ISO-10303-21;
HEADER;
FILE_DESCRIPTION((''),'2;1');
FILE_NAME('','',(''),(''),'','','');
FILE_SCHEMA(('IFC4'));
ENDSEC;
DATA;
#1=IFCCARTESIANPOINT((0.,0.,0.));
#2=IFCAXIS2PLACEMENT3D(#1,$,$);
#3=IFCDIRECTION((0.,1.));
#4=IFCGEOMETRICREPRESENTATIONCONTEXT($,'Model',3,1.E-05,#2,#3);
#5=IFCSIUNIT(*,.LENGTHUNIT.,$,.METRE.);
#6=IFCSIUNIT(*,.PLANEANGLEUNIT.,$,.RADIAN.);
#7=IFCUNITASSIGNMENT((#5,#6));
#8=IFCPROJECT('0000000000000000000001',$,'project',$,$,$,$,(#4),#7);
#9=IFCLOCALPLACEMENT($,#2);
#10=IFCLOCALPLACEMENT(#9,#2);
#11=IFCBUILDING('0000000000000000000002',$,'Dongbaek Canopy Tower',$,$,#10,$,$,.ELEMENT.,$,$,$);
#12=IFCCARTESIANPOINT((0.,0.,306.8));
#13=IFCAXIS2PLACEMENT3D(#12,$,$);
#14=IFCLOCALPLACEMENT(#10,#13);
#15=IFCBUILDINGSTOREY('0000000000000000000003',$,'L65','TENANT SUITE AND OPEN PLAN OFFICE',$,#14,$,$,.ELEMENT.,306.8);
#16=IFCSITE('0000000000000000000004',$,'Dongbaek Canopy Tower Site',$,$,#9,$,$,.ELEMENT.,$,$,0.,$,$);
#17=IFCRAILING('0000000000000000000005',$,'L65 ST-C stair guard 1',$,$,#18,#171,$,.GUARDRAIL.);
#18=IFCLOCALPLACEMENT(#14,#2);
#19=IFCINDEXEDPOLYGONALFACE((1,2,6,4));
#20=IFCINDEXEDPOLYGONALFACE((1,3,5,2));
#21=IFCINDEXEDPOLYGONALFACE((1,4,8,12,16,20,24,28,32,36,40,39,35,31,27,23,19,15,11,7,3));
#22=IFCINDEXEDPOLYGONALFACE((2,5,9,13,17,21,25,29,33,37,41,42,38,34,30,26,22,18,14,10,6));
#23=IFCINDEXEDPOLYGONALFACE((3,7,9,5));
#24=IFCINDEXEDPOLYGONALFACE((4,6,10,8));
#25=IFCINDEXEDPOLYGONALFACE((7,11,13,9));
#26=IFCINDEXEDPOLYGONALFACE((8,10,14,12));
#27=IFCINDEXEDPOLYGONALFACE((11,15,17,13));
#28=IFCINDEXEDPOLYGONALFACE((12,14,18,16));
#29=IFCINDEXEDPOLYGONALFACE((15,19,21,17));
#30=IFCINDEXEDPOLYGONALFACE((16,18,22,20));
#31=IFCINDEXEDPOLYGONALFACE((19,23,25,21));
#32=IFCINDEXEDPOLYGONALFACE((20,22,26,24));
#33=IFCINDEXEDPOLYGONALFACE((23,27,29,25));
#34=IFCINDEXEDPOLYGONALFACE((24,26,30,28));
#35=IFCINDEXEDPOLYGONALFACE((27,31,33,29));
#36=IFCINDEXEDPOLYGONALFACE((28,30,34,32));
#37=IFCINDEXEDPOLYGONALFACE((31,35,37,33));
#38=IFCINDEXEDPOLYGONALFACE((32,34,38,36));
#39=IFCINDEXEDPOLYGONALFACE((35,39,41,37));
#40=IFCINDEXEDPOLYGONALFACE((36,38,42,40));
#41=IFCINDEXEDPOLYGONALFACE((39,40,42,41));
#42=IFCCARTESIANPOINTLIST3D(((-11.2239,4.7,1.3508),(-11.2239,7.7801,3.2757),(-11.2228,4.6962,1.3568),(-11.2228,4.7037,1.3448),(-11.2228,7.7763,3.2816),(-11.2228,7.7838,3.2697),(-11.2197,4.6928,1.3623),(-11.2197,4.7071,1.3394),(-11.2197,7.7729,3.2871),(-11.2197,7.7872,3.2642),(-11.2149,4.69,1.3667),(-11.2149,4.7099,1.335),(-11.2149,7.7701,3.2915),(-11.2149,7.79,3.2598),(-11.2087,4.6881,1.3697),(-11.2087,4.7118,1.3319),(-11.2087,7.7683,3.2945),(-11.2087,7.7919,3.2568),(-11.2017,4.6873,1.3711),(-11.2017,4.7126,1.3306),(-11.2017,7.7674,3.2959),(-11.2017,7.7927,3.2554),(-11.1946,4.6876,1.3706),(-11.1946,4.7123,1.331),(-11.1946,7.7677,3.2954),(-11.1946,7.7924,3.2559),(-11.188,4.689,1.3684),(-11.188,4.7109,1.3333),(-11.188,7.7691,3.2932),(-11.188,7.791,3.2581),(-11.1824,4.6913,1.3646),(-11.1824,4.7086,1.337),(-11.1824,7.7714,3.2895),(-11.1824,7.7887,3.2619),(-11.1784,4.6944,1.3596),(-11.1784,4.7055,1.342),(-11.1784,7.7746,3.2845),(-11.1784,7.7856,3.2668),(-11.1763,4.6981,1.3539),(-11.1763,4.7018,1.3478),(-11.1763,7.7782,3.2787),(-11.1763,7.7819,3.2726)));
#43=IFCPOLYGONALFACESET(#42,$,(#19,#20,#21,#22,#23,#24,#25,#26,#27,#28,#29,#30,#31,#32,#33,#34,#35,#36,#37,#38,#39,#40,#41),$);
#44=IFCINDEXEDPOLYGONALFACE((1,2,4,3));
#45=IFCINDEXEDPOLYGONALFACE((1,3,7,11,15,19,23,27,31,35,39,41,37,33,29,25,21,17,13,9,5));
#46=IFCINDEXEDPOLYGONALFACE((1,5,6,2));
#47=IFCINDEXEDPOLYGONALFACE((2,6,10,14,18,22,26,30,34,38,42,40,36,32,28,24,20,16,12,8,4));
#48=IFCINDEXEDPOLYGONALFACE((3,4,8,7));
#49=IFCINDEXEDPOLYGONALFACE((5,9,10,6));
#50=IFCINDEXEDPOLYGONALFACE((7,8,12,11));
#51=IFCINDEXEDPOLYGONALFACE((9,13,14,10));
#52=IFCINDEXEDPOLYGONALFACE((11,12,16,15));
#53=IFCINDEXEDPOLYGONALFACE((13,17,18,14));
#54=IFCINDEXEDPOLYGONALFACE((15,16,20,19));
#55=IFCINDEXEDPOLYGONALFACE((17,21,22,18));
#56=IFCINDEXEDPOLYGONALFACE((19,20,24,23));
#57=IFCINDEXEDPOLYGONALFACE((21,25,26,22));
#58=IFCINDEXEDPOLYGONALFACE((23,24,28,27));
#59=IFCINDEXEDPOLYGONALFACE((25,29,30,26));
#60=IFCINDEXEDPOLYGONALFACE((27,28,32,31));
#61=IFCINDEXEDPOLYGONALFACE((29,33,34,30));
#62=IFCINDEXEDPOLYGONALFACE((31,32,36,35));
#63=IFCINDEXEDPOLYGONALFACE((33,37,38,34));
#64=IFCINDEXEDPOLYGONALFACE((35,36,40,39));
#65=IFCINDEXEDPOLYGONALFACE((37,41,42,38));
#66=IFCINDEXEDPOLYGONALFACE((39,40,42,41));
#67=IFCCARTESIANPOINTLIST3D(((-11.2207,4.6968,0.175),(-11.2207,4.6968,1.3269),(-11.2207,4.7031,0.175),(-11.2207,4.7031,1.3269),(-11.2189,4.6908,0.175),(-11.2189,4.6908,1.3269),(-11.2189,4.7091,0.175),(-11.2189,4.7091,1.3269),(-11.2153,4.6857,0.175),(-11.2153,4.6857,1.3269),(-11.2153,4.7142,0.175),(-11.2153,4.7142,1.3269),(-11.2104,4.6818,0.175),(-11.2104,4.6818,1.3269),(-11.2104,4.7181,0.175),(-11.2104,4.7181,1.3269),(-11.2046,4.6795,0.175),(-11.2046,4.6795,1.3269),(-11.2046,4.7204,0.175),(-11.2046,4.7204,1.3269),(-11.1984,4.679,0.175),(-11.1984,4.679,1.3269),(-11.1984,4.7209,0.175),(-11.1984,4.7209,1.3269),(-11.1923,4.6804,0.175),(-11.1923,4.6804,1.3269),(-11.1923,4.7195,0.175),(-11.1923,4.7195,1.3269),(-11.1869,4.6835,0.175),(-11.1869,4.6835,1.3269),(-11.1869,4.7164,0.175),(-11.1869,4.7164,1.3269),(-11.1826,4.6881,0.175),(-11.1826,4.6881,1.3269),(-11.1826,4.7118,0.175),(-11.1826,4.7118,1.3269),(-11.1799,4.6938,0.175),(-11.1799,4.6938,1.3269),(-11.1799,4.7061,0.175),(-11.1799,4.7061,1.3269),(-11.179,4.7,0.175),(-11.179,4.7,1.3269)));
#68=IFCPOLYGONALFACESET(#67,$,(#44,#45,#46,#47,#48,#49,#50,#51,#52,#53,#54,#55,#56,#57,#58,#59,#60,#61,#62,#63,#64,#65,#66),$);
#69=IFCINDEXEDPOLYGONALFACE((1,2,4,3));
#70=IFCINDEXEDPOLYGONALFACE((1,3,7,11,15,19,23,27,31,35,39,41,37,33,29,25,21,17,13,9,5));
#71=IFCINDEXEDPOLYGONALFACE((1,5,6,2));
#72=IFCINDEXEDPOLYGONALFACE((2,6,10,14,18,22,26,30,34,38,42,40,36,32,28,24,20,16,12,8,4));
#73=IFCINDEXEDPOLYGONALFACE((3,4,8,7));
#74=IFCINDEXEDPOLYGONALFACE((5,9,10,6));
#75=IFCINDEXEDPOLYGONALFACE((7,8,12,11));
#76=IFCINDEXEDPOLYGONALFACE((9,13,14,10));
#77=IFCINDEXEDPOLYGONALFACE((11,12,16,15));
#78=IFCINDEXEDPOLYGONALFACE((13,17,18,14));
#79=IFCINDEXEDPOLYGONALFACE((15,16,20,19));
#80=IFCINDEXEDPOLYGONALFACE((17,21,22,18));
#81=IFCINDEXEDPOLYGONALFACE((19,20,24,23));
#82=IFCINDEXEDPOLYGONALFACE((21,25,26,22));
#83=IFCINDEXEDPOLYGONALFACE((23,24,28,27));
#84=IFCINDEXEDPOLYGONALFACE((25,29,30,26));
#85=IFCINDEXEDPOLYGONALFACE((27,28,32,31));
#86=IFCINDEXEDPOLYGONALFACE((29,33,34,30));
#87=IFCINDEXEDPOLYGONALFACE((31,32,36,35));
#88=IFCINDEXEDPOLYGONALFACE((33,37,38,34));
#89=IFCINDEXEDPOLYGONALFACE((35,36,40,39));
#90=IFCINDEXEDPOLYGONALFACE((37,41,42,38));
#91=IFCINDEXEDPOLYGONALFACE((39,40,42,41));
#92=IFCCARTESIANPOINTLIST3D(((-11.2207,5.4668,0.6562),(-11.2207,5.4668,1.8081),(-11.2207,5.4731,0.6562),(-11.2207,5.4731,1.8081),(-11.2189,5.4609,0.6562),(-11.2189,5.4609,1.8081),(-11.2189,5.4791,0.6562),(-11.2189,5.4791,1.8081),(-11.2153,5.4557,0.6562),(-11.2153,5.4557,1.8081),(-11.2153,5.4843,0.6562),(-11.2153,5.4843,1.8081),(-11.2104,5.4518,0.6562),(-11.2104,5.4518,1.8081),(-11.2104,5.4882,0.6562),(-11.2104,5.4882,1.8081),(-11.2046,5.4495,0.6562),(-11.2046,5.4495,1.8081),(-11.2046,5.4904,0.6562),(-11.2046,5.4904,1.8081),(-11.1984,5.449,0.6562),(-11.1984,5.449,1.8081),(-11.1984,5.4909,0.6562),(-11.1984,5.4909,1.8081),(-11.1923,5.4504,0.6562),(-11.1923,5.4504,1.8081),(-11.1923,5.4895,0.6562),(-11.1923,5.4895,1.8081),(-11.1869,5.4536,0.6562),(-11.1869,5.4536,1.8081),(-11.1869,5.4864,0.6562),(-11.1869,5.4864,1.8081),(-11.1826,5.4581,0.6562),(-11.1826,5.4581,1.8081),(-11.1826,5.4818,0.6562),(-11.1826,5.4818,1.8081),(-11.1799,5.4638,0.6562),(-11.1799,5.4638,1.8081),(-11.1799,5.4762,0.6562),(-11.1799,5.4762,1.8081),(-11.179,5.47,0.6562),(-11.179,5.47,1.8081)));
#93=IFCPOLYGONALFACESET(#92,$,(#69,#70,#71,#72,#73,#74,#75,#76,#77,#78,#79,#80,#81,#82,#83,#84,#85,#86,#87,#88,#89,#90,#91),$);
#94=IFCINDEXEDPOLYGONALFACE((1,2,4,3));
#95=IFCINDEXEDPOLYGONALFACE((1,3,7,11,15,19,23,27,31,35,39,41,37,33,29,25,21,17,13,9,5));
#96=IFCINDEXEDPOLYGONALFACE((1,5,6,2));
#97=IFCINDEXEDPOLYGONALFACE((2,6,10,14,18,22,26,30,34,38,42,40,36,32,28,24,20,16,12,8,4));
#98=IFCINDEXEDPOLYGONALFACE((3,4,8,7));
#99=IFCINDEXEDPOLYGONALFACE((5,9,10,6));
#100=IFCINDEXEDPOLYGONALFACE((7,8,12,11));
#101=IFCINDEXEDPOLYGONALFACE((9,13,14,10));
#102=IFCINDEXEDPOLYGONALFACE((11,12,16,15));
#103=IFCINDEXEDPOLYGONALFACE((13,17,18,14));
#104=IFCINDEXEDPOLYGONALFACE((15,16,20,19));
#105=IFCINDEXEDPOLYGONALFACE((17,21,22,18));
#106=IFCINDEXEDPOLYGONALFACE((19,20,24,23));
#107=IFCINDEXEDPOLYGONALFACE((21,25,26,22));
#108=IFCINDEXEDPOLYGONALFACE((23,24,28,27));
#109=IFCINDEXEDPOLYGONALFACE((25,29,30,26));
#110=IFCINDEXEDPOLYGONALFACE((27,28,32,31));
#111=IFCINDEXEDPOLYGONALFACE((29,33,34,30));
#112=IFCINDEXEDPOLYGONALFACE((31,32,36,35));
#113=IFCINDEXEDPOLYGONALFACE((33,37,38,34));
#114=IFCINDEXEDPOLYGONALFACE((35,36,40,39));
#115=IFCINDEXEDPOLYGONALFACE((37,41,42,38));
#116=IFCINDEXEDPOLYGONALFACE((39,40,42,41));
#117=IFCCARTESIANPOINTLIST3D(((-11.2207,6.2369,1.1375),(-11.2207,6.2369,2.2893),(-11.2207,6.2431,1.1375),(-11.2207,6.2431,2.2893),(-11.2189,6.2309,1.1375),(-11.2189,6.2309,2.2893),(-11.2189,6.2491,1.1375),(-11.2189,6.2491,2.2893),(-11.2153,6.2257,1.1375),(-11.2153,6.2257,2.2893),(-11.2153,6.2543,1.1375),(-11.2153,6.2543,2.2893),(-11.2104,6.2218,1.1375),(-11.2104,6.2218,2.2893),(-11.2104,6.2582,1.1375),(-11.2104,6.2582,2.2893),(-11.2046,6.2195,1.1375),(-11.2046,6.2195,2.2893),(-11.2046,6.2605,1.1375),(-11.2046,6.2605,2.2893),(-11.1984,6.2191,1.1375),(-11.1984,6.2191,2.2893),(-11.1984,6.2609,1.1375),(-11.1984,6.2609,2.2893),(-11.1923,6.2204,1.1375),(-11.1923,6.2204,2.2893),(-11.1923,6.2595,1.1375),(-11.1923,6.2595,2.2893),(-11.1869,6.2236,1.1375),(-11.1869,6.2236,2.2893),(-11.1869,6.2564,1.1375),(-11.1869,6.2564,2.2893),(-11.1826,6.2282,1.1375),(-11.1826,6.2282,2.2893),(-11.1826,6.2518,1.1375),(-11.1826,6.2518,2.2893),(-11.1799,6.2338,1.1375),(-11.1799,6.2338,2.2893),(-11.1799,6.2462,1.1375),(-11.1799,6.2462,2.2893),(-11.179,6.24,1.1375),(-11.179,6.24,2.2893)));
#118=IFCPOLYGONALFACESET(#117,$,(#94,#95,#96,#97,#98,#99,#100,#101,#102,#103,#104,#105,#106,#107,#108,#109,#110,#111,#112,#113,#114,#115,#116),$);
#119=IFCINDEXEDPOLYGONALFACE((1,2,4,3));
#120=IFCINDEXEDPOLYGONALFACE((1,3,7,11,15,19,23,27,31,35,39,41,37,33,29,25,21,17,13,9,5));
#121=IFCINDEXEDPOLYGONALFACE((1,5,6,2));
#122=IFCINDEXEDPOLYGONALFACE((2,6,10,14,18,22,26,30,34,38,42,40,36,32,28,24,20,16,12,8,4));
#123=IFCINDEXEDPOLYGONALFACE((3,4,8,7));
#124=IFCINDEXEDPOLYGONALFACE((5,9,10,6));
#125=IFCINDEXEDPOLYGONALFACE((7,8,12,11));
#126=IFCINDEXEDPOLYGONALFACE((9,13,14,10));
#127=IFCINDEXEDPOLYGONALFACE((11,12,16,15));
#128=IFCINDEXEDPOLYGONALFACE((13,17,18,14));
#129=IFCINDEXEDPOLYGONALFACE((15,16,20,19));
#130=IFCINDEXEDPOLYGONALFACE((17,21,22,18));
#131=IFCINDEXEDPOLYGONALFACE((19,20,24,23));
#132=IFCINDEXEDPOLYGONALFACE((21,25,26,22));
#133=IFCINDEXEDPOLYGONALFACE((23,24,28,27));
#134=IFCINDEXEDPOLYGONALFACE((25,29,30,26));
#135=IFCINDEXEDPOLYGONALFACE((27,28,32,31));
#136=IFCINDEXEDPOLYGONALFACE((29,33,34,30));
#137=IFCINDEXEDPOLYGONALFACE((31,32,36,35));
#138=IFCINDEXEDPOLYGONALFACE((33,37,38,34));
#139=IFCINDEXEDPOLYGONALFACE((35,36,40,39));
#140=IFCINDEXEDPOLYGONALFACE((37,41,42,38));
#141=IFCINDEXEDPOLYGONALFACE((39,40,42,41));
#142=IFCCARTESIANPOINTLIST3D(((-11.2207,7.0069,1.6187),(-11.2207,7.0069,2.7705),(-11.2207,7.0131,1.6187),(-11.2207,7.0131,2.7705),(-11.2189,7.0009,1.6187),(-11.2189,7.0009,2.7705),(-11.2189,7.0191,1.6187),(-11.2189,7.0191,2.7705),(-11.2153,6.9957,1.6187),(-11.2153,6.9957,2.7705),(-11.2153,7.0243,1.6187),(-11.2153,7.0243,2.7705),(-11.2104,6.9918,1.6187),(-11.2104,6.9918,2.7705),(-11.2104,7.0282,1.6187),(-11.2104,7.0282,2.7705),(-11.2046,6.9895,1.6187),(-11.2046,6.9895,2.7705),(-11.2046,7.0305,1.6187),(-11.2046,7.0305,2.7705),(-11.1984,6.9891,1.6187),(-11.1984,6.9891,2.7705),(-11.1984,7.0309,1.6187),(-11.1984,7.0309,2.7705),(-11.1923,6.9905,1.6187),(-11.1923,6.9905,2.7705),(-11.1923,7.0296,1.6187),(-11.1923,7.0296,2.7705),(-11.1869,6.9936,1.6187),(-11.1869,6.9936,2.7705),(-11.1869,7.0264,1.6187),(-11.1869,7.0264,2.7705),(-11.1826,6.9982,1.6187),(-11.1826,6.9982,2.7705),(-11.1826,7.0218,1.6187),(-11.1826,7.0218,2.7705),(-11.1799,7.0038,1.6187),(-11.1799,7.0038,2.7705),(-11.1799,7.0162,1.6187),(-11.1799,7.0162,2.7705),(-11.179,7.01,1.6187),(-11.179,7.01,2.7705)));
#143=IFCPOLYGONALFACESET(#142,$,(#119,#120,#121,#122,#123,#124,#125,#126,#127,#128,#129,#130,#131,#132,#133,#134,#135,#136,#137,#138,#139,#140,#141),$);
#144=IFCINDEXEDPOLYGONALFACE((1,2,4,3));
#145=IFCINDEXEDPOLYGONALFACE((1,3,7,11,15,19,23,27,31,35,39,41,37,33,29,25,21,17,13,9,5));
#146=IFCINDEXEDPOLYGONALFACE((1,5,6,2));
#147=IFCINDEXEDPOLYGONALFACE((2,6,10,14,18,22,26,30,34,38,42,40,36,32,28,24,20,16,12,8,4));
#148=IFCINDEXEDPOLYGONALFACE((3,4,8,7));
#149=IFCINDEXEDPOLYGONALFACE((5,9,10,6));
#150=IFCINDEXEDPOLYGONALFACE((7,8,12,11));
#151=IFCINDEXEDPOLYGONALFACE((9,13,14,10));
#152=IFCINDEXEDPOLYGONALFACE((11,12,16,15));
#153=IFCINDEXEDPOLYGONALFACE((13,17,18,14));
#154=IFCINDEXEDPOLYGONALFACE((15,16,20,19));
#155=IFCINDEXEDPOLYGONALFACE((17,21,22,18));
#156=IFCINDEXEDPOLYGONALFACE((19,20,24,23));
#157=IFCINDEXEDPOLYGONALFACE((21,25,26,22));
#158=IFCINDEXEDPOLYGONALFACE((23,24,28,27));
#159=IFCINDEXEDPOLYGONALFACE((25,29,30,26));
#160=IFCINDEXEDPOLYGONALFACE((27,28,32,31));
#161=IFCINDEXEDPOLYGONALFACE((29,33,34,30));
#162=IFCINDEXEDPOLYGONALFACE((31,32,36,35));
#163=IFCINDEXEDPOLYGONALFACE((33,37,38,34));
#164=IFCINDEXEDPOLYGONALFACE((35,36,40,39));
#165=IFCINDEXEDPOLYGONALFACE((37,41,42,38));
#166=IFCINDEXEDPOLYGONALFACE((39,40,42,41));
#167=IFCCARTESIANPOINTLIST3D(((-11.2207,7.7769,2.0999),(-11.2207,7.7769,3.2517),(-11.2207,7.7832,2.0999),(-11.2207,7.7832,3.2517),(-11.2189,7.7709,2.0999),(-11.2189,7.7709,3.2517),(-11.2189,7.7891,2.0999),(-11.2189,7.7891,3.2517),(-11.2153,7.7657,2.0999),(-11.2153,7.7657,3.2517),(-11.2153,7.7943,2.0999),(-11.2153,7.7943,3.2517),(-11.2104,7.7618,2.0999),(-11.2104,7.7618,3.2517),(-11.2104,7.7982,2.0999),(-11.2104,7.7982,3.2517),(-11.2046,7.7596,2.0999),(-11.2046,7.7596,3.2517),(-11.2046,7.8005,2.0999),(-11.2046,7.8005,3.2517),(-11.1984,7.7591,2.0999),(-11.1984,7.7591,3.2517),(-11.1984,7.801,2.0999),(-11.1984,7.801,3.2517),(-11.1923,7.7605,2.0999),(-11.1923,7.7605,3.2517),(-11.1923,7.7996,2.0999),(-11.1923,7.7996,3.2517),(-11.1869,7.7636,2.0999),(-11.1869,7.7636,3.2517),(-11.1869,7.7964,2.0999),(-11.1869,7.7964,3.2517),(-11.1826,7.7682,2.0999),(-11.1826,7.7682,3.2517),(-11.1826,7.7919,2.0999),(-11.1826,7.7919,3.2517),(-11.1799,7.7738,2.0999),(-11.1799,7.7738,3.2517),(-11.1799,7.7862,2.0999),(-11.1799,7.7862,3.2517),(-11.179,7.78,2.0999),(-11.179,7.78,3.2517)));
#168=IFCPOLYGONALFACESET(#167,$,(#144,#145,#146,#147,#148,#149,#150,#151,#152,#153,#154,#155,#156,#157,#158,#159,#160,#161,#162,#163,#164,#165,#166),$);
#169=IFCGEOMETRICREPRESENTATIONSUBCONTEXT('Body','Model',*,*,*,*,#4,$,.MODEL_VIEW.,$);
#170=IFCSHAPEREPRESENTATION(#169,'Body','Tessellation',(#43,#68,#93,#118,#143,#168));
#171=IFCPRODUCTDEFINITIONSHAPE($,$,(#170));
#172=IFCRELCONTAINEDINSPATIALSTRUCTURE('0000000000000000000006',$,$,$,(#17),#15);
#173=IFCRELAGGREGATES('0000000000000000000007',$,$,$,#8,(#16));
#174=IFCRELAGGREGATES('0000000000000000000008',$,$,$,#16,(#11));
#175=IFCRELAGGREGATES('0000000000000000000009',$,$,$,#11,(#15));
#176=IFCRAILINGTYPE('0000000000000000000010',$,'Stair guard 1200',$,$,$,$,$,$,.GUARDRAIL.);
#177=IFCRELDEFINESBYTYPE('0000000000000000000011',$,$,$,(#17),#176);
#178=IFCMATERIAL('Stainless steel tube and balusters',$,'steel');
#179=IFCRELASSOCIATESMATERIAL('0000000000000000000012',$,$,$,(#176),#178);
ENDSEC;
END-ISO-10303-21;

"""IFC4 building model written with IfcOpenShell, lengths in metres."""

from ifc_helpers import new_model, si_unit, direction, frame, origin, origin_2d, place, context, subcontext, project, spatial, circle, extrude, material, type_object, element, save


model = new_model("IFC4")

# Units and contexts
model_context = context("Model", 3, precision=1e-05, world=origin(), true_north=direction((0.0, 1.0)))
body_context = subcontext(model_context, "Body", "Model", "MODEL_VIEW")
ifc_project = project(units=[si_unit("LENGTHUNIT", "METRE"), si_unit("PLANEANGLEUNIT", "RADIAN")], contexts=[model_context])

# Site, building, storey
site_placement = place(None, origin())
site = spatial("IfcSite", under=ifc_project, at=site_placement, Name="Dongbaek Canopy Tower Site", CompositionType="ELEMENT", RefElevation=0.0)
building_placement = place(site_placement, origin())
building = spatial("IfcBuilding", under=site, at=building_placement, Name="Dongbaek Canopy Tower", CompositionType="ELEMENT")
storey_placement = place(building_placement, frame((0.0, 0.0, 306.8)))
storey = spatial("IfcBuildingStorey", under=building, at=storey_placement, Name="L65", Description="TENANT SUITE AND OPEN PLAN OFFICE", CompositionType="ELEMENT", Elevation=306.8)

# Railing
ifc_material_1 = material(Name="Stainless steel tube and balusters", Category="steel")
railing_type_1 = type_object("IfcRailingType", Name="Stair guard 1200", PredefinedType="GUARDRAIL", material=ifc_material_1)
railing_1_placement = place(storey_placement, frame((-11.2, 4.7, 0.175)))
element("IfcRailing", 1, at=railing_1_placement, inside=storey, type_object=railing_type_1, Name="L65 ST-C stair guard 1", PredefinedType="GUARDRAIL", context=body_context, shape_type="SweptSolid", body=[
    extrude(circle(Radius=0.0239, at=origin_2d()), frame((0.0, 0.0, 1.1758), z_axis=(0.0, 0.848029, 0.529951), x_axis=(-1.0, 0.0, 0.0)), (0.0, 0.0, 1.0), 3.6321),
    extrude(circle(Radius=0.021, at=origin_2d()), origin(), (0.0, 0.0, 1.0), 1.1519),
    extrude(circle(Radius=0.021, at=origin_2d()), frame((0.0, 0.77, 0.4812)), (0.0, 0.0, 1.0), 1.1519),
    extrude(circle(Radius=0.021, at=origin_2d()), frame((0.0, 1.54, 0.9624)), (0.0, 0.0, 1.0), 1.1519),
    extrude(circle(Radius=0.021, at=origin_2d()), frame((0.0, 2.3101, 1.4436)), (0.0, 0.0, 1.0), 1.1519),
    extrude(circle(Radius=0.021, at=origin_2d()), frame((0.0, 3.0801, 1.9248)), (0.0, 0.0, 1.0), 1.1519),
])

save(model, "model.ifc")
